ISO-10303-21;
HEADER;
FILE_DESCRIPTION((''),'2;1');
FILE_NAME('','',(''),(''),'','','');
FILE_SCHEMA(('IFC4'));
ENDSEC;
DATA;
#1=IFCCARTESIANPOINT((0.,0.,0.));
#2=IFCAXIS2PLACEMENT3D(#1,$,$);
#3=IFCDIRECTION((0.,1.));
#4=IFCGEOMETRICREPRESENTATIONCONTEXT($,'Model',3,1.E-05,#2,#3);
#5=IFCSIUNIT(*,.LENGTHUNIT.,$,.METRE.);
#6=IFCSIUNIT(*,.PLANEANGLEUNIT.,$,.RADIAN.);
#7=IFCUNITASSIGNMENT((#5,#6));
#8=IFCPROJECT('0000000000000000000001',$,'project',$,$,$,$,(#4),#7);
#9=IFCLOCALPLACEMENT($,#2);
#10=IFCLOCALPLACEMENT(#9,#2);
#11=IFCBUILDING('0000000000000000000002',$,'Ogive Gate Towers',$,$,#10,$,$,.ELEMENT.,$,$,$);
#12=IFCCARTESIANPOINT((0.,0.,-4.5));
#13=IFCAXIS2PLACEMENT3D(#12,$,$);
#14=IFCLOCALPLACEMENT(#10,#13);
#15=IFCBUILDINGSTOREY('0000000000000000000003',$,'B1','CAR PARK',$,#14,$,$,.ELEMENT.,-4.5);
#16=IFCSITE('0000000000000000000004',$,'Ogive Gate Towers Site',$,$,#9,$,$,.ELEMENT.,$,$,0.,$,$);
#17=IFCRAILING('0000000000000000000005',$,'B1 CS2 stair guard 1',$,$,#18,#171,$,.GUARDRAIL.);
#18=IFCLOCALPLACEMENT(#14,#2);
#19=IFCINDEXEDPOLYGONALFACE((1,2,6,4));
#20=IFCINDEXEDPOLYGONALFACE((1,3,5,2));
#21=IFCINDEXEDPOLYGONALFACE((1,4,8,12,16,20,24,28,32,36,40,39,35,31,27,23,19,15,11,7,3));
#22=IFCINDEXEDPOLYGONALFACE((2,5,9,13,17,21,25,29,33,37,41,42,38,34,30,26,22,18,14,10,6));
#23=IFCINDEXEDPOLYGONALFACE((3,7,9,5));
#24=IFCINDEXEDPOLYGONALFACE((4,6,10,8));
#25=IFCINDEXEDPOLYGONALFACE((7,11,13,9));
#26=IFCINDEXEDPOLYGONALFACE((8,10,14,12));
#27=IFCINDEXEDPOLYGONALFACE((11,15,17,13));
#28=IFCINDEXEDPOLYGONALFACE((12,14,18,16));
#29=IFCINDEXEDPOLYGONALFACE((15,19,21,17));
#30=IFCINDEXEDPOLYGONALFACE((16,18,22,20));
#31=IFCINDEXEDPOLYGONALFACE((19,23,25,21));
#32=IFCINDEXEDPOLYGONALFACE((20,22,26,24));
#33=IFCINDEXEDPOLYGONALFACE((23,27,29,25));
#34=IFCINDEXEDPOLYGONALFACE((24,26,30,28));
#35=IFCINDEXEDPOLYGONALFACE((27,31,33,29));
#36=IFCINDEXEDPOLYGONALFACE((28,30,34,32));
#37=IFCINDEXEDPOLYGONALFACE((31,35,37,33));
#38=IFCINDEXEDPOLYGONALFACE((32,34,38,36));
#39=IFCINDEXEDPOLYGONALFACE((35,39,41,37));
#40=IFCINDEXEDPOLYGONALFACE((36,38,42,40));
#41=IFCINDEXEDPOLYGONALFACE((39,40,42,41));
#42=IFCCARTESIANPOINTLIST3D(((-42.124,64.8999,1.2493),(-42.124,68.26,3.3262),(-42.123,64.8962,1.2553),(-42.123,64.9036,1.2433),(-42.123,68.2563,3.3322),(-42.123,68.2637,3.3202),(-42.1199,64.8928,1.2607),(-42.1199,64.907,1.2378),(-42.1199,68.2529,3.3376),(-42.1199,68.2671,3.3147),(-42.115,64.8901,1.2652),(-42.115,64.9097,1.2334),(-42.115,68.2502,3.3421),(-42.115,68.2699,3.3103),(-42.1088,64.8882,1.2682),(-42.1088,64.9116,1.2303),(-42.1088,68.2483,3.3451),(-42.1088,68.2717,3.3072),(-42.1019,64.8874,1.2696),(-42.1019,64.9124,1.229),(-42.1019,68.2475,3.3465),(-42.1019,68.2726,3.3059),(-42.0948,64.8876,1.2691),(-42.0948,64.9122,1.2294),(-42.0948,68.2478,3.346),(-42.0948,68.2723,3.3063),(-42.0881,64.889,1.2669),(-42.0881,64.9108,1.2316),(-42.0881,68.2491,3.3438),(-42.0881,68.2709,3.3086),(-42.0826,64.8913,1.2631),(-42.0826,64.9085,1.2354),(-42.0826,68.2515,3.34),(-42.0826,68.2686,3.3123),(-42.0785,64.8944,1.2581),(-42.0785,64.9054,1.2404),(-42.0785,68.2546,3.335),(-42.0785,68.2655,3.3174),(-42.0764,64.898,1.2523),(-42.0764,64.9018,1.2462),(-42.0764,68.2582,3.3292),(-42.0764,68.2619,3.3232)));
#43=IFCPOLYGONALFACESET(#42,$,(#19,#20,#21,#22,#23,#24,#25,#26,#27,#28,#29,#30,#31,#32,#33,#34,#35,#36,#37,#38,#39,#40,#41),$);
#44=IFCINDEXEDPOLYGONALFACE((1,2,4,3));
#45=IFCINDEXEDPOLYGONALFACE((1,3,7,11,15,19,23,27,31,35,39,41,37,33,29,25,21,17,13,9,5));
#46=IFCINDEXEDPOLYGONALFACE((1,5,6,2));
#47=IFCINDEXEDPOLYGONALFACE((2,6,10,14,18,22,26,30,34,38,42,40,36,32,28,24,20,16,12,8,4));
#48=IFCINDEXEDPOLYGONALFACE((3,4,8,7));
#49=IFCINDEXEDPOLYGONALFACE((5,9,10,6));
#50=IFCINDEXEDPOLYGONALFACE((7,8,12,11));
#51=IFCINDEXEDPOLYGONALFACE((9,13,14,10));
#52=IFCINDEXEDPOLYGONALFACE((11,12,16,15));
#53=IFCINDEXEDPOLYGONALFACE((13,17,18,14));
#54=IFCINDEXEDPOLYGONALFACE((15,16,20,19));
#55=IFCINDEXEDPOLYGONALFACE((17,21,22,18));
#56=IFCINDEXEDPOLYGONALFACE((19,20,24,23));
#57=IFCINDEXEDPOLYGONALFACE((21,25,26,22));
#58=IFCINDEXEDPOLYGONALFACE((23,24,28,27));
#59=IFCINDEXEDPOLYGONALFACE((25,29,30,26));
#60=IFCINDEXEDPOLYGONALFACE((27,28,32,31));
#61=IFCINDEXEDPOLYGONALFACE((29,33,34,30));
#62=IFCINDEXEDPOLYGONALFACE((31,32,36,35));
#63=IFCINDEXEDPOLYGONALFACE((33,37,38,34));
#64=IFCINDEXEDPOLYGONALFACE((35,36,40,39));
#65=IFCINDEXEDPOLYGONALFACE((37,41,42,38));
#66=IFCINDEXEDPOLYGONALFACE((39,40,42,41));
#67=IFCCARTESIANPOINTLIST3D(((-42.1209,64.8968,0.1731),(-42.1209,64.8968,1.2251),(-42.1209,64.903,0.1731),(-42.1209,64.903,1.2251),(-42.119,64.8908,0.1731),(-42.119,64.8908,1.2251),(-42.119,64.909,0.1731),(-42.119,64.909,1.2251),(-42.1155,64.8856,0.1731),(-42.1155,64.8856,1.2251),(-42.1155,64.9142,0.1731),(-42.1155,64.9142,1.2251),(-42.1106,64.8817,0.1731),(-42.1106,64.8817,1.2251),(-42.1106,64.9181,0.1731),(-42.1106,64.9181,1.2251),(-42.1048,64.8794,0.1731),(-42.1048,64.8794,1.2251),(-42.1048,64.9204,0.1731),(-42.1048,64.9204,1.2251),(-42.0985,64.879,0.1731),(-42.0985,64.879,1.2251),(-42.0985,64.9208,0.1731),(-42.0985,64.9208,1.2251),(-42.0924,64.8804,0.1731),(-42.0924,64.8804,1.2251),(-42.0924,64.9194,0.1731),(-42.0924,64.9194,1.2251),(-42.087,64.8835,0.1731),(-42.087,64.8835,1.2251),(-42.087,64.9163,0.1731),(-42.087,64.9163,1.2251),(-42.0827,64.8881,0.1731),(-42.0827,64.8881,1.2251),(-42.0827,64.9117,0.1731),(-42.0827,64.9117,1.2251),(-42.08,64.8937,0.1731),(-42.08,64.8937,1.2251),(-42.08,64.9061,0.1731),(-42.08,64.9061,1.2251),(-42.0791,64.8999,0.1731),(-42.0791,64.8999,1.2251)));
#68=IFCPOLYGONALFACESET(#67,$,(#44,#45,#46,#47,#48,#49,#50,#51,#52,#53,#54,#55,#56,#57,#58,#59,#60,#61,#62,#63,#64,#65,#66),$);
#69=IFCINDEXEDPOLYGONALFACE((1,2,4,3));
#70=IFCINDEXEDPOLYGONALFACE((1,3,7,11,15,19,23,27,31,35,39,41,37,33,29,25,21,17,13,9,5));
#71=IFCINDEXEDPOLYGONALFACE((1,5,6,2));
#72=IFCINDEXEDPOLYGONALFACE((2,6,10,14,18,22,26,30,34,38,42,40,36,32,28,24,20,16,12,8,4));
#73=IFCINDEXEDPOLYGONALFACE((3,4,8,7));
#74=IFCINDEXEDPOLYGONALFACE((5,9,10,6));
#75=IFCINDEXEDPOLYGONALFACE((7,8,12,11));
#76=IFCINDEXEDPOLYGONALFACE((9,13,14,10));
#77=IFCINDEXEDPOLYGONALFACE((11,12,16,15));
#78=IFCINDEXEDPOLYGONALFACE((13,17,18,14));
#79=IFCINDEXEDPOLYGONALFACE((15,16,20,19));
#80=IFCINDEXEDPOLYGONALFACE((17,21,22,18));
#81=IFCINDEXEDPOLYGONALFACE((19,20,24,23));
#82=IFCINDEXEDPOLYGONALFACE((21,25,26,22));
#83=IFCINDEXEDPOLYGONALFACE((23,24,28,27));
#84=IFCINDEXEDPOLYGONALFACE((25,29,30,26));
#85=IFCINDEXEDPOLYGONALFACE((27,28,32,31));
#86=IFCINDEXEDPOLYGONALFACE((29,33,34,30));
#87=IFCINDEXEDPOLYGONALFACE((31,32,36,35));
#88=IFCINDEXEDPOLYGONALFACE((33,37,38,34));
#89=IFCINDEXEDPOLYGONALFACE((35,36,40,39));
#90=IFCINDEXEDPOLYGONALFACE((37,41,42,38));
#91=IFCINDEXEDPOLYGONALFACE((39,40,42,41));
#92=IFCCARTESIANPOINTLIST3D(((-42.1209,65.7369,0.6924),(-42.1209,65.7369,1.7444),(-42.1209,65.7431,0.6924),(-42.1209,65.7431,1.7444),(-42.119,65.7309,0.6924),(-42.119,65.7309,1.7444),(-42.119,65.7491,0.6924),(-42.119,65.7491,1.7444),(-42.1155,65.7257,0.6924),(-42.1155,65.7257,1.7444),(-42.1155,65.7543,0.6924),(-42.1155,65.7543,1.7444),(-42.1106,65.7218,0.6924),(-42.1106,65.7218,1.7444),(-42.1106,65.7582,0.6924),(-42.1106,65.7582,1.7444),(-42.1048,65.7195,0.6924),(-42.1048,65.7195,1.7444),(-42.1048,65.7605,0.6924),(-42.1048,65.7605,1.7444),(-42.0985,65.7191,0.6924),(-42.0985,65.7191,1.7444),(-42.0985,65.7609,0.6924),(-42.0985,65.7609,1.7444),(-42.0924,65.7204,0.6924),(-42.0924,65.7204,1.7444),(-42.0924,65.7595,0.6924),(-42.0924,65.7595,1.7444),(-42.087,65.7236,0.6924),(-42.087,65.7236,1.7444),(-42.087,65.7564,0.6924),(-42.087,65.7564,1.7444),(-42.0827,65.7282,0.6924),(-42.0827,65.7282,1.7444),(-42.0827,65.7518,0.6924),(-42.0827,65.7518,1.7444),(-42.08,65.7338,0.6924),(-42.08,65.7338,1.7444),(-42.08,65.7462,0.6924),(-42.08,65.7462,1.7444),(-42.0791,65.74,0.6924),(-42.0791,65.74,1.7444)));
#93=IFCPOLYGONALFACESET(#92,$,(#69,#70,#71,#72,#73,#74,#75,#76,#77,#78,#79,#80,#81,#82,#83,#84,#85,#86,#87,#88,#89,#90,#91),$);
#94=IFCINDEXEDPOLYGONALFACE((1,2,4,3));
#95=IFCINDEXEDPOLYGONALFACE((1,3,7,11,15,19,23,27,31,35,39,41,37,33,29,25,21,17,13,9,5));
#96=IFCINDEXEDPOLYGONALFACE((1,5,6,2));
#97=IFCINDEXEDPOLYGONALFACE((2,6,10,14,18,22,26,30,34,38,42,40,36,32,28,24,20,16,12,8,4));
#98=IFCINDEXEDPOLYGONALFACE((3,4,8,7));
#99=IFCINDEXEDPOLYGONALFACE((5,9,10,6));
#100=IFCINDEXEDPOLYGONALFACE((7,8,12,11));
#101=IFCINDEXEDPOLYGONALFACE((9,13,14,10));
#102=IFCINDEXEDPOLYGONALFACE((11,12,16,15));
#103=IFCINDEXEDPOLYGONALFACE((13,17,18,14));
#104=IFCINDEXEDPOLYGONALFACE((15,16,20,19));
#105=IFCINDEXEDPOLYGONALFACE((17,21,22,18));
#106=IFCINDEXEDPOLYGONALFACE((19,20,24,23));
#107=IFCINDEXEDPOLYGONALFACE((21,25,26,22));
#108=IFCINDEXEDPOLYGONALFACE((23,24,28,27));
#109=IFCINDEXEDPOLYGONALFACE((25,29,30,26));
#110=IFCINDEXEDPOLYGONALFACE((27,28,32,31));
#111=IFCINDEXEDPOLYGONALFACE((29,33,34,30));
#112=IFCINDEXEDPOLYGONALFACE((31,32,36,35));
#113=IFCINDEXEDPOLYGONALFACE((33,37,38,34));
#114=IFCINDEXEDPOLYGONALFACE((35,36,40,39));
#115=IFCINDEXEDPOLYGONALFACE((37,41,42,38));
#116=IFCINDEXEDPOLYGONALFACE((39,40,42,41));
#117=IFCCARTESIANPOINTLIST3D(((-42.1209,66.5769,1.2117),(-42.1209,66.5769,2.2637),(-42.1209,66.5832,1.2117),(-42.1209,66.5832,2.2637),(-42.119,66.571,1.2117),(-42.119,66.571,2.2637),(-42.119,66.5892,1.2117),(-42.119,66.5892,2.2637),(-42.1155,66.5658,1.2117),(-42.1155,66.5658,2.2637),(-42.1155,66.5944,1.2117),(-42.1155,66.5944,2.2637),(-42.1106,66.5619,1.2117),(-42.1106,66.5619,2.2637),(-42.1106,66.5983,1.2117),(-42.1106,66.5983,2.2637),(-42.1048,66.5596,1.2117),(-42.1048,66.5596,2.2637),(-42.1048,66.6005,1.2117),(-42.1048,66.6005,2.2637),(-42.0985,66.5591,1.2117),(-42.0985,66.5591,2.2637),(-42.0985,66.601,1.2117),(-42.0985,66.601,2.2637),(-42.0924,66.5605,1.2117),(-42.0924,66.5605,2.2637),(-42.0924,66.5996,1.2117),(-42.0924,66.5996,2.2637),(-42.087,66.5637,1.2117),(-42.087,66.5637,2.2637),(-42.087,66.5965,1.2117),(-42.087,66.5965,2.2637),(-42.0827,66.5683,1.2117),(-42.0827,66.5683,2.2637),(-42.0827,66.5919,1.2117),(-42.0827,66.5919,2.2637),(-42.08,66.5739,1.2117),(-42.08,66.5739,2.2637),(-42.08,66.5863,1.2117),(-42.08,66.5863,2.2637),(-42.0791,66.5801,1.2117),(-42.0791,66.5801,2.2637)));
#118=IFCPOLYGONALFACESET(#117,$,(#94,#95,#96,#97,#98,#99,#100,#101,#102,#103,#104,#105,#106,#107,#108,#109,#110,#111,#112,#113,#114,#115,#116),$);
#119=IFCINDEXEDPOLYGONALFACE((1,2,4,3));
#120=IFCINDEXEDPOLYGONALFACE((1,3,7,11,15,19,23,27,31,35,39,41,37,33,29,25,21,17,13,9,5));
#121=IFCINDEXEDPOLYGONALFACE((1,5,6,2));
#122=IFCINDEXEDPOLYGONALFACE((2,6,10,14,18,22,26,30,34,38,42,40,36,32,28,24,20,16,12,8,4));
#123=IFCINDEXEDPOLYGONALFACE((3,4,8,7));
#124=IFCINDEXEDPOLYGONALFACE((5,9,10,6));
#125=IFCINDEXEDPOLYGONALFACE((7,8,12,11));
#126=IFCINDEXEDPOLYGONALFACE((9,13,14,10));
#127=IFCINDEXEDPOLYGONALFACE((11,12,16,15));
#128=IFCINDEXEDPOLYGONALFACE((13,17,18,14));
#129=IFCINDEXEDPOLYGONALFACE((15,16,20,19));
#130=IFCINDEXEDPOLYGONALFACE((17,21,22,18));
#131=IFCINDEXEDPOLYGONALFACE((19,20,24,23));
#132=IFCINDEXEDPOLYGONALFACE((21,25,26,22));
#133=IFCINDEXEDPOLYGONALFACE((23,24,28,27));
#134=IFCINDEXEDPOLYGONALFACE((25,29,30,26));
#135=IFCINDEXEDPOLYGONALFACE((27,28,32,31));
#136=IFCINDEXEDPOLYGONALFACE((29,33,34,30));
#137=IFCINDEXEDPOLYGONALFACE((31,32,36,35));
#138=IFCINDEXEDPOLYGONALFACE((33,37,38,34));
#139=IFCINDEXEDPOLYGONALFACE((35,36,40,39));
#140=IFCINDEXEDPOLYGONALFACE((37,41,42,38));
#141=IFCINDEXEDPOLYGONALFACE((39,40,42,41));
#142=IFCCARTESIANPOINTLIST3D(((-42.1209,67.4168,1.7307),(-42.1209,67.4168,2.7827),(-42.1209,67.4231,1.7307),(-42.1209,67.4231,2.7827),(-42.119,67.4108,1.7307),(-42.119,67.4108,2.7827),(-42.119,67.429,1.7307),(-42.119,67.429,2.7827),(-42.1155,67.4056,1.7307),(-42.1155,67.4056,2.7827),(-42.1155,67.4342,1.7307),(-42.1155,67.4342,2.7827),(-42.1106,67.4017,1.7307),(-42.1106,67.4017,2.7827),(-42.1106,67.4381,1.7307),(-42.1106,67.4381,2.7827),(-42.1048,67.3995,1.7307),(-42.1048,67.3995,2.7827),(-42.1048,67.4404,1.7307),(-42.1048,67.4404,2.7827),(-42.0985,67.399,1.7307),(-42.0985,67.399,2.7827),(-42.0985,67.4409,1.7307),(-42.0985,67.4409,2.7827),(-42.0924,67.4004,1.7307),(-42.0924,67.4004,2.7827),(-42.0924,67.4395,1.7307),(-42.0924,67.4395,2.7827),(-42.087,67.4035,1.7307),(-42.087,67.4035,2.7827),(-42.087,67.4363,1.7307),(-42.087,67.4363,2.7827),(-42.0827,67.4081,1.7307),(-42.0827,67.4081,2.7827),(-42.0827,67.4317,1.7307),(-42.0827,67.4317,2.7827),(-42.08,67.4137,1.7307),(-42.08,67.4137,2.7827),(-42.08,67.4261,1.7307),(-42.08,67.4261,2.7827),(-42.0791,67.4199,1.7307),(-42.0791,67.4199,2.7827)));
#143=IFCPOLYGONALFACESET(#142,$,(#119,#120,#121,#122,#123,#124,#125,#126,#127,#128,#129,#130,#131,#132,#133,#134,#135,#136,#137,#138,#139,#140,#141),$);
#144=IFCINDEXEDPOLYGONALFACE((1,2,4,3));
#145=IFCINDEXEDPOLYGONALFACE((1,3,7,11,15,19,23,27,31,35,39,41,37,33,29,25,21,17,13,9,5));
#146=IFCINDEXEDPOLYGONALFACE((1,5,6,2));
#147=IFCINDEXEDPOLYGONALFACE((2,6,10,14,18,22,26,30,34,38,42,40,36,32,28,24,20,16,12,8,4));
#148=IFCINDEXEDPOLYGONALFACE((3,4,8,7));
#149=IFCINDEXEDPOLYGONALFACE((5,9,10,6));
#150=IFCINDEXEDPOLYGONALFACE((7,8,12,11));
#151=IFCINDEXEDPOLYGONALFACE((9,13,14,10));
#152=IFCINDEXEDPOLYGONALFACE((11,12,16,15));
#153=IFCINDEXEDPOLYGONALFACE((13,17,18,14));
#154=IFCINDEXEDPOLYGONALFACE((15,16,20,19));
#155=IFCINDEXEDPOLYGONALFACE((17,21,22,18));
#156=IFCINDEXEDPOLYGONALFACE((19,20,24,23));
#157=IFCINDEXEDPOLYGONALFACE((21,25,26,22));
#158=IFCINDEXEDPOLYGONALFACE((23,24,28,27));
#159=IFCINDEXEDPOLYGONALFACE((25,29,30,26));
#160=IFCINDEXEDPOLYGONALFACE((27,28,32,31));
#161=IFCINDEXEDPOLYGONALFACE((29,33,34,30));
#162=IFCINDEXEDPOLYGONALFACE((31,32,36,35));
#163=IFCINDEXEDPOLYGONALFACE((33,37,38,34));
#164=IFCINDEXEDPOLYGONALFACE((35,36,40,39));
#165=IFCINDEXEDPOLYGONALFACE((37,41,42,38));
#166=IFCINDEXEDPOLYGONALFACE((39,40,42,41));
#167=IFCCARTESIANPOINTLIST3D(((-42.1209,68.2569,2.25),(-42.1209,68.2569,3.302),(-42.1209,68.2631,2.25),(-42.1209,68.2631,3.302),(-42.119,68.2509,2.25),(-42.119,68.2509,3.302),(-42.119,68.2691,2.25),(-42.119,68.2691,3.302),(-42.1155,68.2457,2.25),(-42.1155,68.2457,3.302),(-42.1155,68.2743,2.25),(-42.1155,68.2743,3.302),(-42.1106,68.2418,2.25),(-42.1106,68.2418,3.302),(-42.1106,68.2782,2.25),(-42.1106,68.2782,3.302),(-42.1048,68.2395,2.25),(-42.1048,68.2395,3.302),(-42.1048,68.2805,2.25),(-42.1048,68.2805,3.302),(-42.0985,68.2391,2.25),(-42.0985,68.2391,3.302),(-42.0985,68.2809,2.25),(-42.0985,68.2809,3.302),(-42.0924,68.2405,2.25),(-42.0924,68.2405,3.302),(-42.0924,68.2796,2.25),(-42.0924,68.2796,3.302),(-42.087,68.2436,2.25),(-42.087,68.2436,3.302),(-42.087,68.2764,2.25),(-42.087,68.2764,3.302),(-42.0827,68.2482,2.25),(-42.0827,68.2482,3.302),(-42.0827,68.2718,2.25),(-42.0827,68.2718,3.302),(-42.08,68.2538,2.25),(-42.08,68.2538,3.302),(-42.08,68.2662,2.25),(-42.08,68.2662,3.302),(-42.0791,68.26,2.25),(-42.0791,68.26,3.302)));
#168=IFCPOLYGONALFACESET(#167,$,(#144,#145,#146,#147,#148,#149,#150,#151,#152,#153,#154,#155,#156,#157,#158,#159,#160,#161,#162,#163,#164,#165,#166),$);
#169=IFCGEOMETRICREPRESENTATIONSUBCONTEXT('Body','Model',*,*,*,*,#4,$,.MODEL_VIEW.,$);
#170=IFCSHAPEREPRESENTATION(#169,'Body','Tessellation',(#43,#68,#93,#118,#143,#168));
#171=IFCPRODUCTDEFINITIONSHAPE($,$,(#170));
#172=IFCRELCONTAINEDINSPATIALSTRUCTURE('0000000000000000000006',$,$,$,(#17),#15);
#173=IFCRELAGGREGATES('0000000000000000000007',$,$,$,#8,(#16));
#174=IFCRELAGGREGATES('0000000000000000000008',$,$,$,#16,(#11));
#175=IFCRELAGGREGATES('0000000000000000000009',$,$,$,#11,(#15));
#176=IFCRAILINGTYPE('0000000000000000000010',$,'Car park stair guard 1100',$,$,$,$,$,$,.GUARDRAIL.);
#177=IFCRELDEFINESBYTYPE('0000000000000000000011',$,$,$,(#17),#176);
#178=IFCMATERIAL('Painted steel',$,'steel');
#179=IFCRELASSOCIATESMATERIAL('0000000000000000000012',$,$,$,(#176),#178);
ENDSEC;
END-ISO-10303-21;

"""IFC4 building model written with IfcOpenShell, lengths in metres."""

from ifc_helpers import new_model, si_unit, direction, frame, origin, origin_2d, place, context, subcontext, project, spatial, circle, extrude, material, type_object, element, save


model = new_model("IFC4")

# Units and contexts
model_context = context("Model", 3, precision=1e-05, world=origin(), true_north=direction((0.0, 1.0)))
body_context = subcontext(model_context, "Body", "Model", "MODEL_VIEW")
ifc_project = project(units=[si_unit("LENGTHUNIT", "METRE"), si_unit("PLANEANGLEUNIT", "RADIAN")], contexts=[model_context])

# Site, building, storey
site_placement = place(None, origin())
site = spatial("IfcSite", under=ifc_project, at=site_placement, Name="Ogive Gate Towers Site", CompositionType="ELEMENT", RefElevation=0.0)
building_placement = place(site_placement, origin())
building = spatial("IfcBuilding", under=site, at=building_placement, Name="Ogive Gate Towers", CompositionType="ELEMENT")
storey_placement = place(building_placement, frame((0.0, 0.0, -4.5)))
storey = spatial("IfcBuildingStorey", under=building, at=storey_placement, Name="B1", Description="CAR PARK", CompositionType="ELEMENT", Elevation=-4.5)

# Railing
ifc_material_1 = material(Name="Painted steel", Category="steel")
railing_type_1 = type_object("IfcRailingType", Name="Car park stair guard 1100", PredefinedType="GUARDRAIL", material=ifc_material_1)
railing_1_placement = place(storey_placement, frame((-42.1001, 64.8999, 0.1731)))
element("IfcRailing", 1, at=railing_1_placement, inside=storey, type_object=railing_type_1, Name="B1 CS2 stair guard 1", PredefinedType="GUARDRAIL", context=body_context, shape_type="SweptSolid", body=[
    extrude(circle(Radius=0.0239, at=origin_2d()), frame((0.0, 0.0, 1.0762), z_axis=(0.0, 0.850623, 0.525776), x_axis=(-1.0, 0.0, 0.0)), (0.0, 0.0, 1.0), 3.9502),
    extrude(circle(Radius=0.021, at=origin_2d()), origin(), (0.0, 0.0, 1.0), 1.052),
    extrude(circle(Radius=0.021, at=origin_2d()), frame((0.0, 0.8401, 0.5193)), (0.0, 0.0, 1.0), 1.052),
    extrude(circle(Radius=0.021, at=origin_2d()), frame((0.0, 1.6802, 1.0386)), (0.0, 0.0, 1.0), 1.052),
    extrude(circle(Radius=0.021, at=origin_2d()), frame((0.0, 2.52, 1.5576)), (0.0, 0.0, 1.0), 1.052),
    extrude(circle(Radius=0.021, at=origin_2d()), frame((0.0, 3.3601, 2.0769)), (0.0, 0.0, 1.0), 1.052),
])

save(model, "model.ifc")
